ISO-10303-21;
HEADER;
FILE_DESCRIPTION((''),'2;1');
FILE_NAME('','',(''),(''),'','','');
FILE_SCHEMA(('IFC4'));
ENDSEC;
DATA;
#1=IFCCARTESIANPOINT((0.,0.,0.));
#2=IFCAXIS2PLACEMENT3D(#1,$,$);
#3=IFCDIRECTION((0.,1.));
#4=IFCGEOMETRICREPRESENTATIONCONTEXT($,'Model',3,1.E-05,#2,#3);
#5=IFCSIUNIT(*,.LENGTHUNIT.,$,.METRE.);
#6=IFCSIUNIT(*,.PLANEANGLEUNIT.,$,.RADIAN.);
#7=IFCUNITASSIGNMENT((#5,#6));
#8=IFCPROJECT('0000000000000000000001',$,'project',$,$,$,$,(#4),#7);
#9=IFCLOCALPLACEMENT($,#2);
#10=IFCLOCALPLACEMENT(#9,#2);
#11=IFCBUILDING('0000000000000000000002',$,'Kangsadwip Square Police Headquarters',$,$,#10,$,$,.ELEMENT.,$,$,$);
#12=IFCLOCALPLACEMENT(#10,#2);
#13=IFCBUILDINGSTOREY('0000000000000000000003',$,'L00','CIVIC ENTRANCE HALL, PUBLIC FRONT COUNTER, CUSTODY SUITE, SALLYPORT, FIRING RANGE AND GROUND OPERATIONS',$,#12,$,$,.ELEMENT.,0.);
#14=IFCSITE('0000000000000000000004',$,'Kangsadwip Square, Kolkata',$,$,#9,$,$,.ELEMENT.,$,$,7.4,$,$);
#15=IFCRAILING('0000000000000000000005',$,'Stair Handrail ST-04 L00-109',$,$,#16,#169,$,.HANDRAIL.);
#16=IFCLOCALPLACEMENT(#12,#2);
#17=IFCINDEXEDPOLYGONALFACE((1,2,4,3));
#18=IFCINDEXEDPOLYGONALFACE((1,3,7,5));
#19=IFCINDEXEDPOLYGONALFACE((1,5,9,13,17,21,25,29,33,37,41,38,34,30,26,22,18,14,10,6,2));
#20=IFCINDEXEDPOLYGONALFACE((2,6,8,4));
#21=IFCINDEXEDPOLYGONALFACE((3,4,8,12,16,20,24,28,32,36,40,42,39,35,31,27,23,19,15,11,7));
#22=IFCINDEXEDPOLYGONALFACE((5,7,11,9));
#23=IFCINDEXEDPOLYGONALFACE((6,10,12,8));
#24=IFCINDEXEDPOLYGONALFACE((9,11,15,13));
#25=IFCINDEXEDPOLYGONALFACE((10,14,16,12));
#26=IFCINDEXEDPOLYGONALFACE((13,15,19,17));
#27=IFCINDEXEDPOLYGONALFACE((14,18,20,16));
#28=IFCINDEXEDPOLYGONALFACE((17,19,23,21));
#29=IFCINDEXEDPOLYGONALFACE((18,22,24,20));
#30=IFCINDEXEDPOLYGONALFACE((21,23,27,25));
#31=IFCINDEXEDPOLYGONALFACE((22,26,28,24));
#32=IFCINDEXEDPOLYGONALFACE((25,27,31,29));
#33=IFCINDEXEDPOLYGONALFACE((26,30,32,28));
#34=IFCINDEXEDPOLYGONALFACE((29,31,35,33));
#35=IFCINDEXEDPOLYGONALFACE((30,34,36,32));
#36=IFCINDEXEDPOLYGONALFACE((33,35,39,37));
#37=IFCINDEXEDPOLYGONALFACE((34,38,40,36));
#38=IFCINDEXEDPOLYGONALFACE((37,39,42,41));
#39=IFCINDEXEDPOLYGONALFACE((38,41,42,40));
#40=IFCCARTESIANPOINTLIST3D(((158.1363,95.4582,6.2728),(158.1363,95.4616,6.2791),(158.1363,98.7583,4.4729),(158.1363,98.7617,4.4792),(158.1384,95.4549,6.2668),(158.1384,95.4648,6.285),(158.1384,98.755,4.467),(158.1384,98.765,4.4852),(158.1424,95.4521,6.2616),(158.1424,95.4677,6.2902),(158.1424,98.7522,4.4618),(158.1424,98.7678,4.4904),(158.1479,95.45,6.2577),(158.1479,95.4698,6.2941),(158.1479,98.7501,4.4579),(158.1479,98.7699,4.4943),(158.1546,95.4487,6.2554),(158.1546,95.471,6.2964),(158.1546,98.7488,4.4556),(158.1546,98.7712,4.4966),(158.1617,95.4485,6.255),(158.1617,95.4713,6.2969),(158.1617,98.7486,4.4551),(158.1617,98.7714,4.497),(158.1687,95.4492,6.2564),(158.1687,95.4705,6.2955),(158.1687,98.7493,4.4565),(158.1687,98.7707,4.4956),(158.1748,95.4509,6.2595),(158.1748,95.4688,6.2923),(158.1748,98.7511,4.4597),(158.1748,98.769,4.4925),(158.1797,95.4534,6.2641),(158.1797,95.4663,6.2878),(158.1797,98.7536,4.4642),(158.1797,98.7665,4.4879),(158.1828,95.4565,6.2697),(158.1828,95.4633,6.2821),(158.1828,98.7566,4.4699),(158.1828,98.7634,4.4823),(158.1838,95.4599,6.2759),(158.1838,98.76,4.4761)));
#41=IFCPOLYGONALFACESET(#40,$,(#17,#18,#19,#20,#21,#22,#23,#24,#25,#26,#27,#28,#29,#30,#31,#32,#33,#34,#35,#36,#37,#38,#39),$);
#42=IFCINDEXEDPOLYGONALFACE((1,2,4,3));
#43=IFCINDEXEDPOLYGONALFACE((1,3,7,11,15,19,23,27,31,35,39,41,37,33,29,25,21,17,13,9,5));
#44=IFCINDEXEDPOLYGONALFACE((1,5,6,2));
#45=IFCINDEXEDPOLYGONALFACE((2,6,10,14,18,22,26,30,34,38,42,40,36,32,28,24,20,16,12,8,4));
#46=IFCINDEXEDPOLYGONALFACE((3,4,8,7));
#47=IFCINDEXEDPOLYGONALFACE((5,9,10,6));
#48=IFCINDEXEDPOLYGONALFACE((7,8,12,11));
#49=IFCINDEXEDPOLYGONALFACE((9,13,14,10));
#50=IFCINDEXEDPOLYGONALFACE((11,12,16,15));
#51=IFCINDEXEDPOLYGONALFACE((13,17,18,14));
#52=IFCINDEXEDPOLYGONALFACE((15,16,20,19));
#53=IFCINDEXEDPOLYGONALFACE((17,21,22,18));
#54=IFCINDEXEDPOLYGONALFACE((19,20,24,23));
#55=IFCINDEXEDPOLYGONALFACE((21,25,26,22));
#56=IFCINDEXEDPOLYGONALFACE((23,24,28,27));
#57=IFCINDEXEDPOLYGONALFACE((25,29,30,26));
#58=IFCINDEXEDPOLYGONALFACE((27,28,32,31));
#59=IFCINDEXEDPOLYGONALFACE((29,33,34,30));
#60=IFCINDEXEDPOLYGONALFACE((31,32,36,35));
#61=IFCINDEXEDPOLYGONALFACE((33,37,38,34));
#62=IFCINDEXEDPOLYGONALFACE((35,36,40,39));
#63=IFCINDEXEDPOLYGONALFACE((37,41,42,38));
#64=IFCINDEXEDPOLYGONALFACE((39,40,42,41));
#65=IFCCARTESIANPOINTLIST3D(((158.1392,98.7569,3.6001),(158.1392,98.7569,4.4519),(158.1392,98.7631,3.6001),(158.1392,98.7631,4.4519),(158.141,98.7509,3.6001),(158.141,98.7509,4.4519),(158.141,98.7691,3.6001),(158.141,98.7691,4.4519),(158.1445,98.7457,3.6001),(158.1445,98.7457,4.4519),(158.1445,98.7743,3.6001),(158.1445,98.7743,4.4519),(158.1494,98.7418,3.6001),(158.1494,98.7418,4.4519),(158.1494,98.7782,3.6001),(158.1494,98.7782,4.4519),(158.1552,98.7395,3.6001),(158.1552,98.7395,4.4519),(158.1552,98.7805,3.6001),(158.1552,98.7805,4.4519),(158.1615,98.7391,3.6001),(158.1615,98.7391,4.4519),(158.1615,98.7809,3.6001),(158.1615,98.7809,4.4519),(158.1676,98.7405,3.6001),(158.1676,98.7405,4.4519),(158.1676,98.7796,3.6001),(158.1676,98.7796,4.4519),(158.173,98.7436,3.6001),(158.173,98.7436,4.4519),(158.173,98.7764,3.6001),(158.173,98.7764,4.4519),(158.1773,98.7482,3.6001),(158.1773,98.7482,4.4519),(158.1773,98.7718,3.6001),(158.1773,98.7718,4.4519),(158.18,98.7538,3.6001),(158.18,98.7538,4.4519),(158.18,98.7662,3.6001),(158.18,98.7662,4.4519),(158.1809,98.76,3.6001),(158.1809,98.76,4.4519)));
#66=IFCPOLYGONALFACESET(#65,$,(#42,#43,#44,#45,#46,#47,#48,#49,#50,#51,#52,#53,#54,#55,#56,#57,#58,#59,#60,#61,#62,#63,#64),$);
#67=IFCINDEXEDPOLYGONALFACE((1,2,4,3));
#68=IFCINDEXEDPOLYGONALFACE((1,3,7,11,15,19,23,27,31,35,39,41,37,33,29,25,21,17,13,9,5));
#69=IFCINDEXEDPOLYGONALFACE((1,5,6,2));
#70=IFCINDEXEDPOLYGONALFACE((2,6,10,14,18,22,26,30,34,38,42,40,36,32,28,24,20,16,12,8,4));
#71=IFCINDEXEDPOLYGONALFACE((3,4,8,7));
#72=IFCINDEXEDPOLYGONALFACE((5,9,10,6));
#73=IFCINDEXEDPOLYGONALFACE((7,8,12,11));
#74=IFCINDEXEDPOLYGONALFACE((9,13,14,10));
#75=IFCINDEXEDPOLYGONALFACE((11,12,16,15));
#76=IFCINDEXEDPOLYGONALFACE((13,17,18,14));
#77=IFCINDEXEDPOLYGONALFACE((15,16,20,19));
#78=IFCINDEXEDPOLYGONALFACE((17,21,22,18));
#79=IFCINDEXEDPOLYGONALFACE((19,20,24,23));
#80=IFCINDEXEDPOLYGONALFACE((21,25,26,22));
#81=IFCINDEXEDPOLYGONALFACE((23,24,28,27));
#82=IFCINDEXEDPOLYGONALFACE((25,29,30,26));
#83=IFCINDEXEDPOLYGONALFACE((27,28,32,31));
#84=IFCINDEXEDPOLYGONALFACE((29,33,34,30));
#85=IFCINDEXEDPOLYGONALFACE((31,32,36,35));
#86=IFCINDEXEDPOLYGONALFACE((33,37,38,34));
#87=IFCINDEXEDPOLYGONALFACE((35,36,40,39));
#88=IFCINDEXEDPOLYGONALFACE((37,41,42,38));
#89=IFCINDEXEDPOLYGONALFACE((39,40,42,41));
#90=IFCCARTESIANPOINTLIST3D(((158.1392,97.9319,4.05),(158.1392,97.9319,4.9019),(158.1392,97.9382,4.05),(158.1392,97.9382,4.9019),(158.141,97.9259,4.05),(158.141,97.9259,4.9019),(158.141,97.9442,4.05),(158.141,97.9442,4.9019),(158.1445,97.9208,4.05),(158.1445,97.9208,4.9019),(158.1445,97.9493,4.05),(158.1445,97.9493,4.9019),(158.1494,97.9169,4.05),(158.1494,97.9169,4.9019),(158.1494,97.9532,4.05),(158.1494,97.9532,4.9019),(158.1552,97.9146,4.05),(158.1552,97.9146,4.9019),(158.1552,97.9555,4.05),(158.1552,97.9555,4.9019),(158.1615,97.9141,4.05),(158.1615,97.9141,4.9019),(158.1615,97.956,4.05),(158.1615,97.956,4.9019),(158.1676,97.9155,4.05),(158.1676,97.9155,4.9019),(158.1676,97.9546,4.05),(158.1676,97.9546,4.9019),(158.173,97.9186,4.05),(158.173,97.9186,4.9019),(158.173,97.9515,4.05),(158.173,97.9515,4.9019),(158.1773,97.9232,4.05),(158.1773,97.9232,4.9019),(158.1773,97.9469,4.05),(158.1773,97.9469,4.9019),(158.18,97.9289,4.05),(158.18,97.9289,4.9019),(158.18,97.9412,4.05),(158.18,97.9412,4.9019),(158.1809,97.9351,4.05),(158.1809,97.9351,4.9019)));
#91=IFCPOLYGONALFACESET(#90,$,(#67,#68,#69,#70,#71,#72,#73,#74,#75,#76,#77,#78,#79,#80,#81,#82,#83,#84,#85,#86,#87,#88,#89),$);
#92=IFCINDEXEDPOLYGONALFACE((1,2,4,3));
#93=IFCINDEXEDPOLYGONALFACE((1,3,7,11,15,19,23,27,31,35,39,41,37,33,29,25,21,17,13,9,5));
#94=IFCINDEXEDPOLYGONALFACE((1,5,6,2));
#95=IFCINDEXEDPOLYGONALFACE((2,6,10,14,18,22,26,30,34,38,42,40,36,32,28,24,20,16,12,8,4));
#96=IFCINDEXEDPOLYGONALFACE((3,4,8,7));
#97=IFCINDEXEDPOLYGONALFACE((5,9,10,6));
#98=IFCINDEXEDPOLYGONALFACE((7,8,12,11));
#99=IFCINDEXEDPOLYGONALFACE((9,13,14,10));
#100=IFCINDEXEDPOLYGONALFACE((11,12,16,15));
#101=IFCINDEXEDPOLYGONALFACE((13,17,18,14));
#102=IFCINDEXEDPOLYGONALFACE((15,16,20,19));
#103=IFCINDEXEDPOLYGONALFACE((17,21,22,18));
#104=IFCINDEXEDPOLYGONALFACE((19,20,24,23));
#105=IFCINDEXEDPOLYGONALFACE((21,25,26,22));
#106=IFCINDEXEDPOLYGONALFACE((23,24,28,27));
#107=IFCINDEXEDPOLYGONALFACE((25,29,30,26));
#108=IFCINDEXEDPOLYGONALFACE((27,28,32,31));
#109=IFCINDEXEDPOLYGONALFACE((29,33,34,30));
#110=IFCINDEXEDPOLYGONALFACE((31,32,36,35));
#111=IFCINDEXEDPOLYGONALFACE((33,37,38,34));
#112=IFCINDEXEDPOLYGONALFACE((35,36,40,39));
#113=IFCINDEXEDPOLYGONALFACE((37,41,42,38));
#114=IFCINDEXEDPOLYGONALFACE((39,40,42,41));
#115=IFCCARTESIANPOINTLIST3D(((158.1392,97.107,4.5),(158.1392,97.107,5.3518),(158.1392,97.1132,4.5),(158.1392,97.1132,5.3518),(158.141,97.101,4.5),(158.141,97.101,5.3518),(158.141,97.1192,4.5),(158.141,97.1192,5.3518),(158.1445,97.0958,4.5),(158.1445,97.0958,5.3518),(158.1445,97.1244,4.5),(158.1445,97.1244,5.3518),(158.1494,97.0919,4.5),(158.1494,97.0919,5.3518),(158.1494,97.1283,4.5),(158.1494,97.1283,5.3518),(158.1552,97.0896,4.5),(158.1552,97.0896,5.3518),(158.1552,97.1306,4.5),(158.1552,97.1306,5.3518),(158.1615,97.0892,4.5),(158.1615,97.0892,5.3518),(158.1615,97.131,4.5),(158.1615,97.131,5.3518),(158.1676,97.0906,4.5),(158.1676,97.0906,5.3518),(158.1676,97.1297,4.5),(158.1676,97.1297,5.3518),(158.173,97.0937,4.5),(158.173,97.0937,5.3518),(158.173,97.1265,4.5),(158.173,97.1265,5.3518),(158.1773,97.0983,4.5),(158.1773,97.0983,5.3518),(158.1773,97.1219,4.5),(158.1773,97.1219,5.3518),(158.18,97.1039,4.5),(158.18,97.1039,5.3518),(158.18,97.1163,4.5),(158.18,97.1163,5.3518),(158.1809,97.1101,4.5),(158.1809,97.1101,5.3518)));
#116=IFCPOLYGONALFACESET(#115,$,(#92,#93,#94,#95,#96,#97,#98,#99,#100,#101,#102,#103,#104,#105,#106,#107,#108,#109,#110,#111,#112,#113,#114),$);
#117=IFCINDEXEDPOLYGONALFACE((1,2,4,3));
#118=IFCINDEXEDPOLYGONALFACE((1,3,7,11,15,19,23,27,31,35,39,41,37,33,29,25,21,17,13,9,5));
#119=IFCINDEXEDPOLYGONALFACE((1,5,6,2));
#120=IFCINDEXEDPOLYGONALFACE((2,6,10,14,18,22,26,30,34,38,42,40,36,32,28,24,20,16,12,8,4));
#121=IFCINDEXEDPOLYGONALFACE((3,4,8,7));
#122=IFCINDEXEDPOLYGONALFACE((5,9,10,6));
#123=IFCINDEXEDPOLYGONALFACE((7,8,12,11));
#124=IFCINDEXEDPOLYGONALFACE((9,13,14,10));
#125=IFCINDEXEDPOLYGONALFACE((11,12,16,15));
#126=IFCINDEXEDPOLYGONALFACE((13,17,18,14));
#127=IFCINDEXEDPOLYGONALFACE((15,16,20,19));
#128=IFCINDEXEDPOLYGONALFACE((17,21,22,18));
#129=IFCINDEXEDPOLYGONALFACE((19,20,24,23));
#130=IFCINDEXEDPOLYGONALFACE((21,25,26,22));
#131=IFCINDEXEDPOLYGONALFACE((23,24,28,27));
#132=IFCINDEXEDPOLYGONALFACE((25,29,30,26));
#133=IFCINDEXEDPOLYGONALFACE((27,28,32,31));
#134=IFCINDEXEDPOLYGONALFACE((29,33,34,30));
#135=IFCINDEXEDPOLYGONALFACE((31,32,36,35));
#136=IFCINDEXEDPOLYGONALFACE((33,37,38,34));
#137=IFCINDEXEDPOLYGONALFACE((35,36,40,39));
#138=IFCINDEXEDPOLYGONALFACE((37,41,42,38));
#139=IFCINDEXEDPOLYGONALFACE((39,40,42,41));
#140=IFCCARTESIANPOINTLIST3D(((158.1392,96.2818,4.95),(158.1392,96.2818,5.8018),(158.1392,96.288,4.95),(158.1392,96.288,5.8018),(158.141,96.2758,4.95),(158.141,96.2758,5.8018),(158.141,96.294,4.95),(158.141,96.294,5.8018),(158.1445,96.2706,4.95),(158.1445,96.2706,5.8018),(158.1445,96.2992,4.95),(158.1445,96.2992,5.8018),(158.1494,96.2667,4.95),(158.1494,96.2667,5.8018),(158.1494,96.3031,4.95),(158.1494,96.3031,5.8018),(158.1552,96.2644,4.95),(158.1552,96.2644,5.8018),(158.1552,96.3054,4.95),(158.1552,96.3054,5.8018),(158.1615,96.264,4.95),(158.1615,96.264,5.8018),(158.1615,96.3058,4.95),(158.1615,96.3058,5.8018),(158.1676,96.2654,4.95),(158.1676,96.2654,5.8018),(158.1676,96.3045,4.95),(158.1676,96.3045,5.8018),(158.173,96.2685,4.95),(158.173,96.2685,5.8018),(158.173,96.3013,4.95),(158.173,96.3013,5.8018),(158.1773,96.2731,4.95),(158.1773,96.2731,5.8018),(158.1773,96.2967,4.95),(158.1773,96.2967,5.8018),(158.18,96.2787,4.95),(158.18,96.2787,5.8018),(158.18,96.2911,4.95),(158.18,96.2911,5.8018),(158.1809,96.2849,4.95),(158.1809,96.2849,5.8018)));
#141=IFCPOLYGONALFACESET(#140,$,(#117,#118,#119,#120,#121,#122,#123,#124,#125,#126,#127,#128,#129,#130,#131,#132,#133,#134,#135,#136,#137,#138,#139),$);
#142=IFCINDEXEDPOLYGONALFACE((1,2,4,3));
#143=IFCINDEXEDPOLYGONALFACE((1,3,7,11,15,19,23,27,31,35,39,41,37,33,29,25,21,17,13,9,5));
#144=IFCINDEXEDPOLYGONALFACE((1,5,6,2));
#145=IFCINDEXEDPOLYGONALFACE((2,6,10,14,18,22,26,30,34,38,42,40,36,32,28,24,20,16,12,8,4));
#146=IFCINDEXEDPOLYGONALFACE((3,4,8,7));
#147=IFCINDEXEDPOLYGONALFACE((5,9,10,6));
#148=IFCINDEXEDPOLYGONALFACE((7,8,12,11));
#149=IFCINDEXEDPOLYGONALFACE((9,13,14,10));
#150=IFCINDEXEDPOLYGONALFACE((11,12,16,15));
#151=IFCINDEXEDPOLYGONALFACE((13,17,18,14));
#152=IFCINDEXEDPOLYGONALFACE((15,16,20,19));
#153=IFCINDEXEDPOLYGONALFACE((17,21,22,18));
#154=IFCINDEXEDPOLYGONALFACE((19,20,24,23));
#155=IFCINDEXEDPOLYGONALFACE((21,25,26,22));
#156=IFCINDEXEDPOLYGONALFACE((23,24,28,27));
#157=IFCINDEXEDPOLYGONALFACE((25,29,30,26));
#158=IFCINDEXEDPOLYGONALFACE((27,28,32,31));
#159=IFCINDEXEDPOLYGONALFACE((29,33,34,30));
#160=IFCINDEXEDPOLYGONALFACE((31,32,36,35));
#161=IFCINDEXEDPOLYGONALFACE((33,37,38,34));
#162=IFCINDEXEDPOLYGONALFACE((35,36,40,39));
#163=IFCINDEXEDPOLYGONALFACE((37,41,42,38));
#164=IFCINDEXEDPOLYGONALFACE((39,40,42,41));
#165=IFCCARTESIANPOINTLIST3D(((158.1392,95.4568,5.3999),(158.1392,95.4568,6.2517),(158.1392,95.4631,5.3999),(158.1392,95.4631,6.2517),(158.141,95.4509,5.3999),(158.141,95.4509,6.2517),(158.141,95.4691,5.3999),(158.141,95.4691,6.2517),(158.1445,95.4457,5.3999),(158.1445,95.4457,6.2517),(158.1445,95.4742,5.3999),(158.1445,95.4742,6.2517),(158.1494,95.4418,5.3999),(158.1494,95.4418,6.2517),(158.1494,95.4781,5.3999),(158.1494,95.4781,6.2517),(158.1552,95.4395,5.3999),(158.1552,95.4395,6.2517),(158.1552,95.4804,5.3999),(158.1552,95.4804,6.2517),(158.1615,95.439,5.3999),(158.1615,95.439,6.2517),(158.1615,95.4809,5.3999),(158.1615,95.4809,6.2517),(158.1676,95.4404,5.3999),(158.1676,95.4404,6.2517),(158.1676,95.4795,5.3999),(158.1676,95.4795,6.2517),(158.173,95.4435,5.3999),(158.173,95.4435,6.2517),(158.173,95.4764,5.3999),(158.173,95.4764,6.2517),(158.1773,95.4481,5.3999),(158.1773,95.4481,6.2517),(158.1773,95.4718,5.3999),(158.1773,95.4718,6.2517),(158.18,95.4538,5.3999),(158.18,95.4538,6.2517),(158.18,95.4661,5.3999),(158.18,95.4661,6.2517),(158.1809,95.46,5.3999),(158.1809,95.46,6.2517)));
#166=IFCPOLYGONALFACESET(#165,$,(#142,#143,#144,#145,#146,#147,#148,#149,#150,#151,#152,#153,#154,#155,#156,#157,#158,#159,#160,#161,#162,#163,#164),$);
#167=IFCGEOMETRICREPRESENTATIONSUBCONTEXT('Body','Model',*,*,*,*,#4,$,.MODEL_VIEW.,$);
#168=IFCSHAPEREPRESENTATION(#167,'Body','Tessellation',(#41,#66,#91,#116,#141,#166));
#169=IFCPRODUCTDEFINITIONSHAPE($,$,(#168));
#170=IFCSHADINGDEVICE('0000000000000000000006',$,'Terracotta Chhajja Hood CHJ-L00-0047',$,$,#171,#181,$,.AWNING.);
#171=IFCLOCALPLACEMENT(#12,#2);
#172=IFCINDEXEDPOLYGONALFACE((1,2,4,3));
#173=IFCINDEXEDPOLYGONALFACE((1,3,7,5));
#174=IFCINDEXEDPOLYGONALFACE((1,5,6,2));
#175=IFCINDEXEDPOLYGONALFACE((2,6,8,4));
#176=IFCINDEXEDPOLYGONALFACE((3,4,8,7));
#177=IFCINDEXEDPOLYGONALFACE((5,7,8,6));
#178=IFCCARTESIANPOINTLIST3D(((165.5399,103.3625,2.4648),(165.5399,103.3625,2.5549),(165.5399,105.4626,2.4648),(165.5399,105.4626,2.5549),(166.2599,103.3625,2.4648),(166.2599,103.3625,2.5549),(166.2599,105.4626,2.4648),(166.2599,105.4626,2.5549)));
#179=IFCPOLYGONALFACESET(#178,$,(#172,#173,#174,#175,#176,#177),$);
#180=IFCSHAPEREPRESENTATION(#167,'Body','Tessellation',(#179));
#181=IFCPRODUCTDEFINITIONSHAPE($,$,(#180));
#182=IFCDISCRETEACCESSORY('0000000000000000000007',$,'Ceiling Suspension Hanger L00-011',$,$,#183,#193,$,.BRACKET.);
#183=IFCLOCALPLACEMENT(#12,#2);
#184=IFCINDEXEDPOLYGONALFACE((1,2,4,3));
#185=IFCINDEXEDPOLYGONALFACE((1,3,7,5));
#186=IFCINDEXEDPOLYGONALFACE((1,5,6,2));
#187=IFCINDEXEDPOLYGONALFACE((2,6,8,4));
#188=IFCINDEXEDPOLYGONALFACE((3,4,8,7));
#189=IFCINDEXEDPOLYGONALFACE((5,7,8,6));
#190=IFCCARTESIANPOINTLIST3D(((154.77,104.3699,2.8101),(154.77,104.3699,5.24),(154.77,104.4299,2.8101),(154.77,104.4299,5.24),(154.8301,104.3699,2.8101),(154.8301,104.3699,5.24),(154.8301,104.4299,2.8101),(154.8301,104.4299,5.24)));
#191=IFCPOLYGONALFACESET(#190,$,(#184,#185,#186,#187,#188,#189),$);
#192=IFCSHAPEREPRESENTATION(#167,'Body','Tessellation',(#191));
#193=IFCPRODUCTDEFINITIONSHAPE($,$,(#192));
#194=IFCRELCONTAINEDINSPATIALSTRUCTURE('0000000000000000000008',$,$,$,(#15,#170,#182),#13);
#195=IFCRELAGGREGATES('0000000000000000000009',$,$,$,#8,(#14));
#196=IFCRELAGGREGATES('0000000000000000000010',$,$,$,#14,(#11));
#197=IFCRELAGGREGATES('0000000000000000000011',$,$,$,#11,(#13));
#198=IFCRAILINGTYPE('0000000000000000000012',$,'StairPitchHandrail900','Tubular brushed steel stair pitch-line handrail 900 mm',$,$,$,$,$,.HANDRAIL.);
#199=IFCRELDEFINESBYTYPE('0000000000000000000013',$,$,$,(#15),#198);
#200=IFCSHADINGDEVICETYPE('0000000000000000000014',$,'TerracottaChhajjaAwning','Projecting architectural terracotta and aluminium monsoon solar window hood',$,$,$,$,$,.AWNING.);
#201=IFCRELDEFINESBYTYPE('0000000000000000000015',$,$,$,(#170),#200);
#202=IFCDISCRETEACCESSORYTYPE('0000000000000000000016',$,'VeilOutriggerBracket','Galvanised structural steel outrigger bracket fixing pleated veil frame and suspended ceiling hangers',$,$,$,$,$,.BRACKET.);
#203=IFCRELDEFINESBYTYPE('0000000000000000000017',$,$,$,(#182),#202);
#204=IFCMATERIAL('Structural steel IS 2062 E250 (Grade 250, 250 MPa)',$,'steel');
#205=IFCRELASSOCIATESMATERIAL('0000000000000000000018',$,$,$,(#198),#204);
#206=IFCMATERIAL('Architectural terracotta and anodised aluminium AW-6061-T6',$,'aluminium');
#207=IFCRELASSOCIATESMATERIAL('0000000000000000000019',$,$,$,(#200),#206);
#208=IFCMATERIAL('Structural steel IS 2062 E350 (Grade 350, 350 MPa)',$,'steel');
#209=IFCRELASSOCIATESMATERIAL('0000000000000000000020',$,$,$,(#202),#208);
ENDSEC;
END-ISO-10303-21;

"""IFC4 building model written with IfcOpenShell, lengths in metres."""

from ifc_helpers import new_model, si_unit, direction, frame, origin, origin_2d, place, context, subcontext, project, spatial, rectangle, circle, extrude, material, type_object, element, save


model = new_model("IFC4")

# Units and contexts
model_context = context("Model", 3, precision=1e-05, world=origin(), true_north=direction((0.0, 1.0)))
body_context = subcontext(model_context, "Body", "Model", "MODEL_VIEW")
ifc_project = project(units=[si_unit("LENGTHUNIT", "METRE"), si_unit("PLANEANGLEUNIT", "RADIAN")], contexts=[model_context])

# Site, building, storey
site_placement = place(None, origin())
site = spatial("IfcSite", under=ifc_project, at=site_placement, Name="Kangsadwip Square, Kolkata", CompositionType="ELEMENT", RefElevation=7.4)
building_placement = place(site_placement, origin())
building = spatial("IfcBuilding", under=site, at=building_placement, Name="Kangsadwip Square Police Headquarters", CompositionType="ELEMENT")
storey_placement = place(building_placement, origin())
storey = spatial("IfcBuildingStorey", under=building, at=storey_placement, Name="L00", Description="CIVIC ENTRANCE HALL, PUBLIC FRONT COUNTER, CUSTODY SUITE, SALLYPORT, FIRING RANGE AND GROUND OPERATIONS", CompositionType="ELEMENT", Elevation=0.0)

# Railing
ifc_material_1 = material(Name="Structural steel IS 2062 E250 (Grade 250, 250 MPa)", Category="steel")
railing_type = type_object("IfcRailingType", Name="StairPitchHandrail900", Description="Tubular brushed steel stair pitch-line handrail 900 mm", PredefinedType="HANDRAIL", material=ifc_material_1)
railing_1_placement = place(storey_placement, frame((158.1599, 98.76, 3.6001)))
element("IfcRailing", 1, at=railing_1_placement, inside=storey, type_object=railing_type, Name="Stair Handrail ST-04 L00-109", PredefinedType="HANDRAIL", context=body_context, shape_type="SweptSolid", body=[
    extrude(circle(Radius=0.0239, at=origin_2d()), frame((0.0, 0.0, 0.876), z_axis=(0.0, -0.87792, 0.478807), x_axis=(1.0, 0.0, 0.0)), (0.0, 0.0, 1.0), 3.759),
    extrude(circle(Radius=0.021, at=origin_2d()), origin(), (0.0, 0.0, 1.0), 0.8518),
    extrude(circle(Radius=0.021, at=origin_2d()), frame((0.0, -0.825, 0.45)), (0.0, 0.0, 1.0), 0.8518),
    extrude(circle(Radius=0.021, at=origin_2d()), frame((0.0, -1.6499, 0.8999)), (0.0, 0.0, 1.0), 0.8518),
    extrude(circle(Radius=0.021, at=origin_2d()), frame((0.0, -2.4751, 1.3499)), (0.0, 0.0, 1.0), 0.8518),
    extrude(circle(Radius=0.021, at=origin_2d()), frame((0.0, -3.3, 1.7998)), (0.0, 0.0, 1.0), 0.8518),
])

# Shading device
ifc_material_2 = material(Name="Architectural terracotta and anodised aluminium AW-6061-T6", Category="aluminium")
shading_device_type = type_object("IfcShadingDeviceType", Name="TerracottaChhajjaAwning", Description="Projecting architectural terracotta and aluminium monsoon solar window hood", PredefinedType="AWNING", material=ifc_material_2)
shading_device_placement = place(storey_placement, frame((165.8999, 104.4126, 2.4648), z_axis=(0.0, 0.0, 1.0), x_axis=(0.0, 1.0, 0.0)))
element("IfcShadingDevice", 2, at=shading_device_placement, inside=storey, type_object=shading_device_type, Name="Terracotta Chhajja Hood CHJ-L00-0047", PredefinedType="AWNING", context=body_context, shape_type="SweptSolid", body=[
    extrude(rectangle(XDim=2.1001, YDim=0.72, at=origin_2d()), origin(), (0.0, 0.0, 1.0), 0.0901),
])

# Discrete accessory
ifc_material_3 = material(Name="Structural steel IS 2062 E350 (Grade 350, 350 MPa)", Category="steel")
discrete_accessory_type = type_object("IfcDiscreteAccessoryType", Name="VeilOutriggerBracket", Description="Galvanised structural steel outrigger bracket fixing pleated veil frame and suspended ceiling hangers", PredefinedType="BRACKET", material=ifc_material_3)
discrete_accessory_placement = place(storey_placement, frame((154.8, 104.3999, 2.8101), z_axis=(0.0, 0.0, 1.0), x_axis=(1.0, 0.0, 0.0)))
element("IfcDiscreteAccessory", 3, at=discrete_accessory_placement, inside=storey, type_object=discrete_accessory_type, Name="Ceiling Suspension Hanger L00-011", PredefinedType="BRACKET", context=body_context, shape_type="SweptSolid", body=[
    extrude(rectangle(XDim=0.0601, YDim=0.0601, at=origin_2d()), origin(), (0.0, 0.0, 1.0), 2.4299),
])

save(model, "model.ifc")
